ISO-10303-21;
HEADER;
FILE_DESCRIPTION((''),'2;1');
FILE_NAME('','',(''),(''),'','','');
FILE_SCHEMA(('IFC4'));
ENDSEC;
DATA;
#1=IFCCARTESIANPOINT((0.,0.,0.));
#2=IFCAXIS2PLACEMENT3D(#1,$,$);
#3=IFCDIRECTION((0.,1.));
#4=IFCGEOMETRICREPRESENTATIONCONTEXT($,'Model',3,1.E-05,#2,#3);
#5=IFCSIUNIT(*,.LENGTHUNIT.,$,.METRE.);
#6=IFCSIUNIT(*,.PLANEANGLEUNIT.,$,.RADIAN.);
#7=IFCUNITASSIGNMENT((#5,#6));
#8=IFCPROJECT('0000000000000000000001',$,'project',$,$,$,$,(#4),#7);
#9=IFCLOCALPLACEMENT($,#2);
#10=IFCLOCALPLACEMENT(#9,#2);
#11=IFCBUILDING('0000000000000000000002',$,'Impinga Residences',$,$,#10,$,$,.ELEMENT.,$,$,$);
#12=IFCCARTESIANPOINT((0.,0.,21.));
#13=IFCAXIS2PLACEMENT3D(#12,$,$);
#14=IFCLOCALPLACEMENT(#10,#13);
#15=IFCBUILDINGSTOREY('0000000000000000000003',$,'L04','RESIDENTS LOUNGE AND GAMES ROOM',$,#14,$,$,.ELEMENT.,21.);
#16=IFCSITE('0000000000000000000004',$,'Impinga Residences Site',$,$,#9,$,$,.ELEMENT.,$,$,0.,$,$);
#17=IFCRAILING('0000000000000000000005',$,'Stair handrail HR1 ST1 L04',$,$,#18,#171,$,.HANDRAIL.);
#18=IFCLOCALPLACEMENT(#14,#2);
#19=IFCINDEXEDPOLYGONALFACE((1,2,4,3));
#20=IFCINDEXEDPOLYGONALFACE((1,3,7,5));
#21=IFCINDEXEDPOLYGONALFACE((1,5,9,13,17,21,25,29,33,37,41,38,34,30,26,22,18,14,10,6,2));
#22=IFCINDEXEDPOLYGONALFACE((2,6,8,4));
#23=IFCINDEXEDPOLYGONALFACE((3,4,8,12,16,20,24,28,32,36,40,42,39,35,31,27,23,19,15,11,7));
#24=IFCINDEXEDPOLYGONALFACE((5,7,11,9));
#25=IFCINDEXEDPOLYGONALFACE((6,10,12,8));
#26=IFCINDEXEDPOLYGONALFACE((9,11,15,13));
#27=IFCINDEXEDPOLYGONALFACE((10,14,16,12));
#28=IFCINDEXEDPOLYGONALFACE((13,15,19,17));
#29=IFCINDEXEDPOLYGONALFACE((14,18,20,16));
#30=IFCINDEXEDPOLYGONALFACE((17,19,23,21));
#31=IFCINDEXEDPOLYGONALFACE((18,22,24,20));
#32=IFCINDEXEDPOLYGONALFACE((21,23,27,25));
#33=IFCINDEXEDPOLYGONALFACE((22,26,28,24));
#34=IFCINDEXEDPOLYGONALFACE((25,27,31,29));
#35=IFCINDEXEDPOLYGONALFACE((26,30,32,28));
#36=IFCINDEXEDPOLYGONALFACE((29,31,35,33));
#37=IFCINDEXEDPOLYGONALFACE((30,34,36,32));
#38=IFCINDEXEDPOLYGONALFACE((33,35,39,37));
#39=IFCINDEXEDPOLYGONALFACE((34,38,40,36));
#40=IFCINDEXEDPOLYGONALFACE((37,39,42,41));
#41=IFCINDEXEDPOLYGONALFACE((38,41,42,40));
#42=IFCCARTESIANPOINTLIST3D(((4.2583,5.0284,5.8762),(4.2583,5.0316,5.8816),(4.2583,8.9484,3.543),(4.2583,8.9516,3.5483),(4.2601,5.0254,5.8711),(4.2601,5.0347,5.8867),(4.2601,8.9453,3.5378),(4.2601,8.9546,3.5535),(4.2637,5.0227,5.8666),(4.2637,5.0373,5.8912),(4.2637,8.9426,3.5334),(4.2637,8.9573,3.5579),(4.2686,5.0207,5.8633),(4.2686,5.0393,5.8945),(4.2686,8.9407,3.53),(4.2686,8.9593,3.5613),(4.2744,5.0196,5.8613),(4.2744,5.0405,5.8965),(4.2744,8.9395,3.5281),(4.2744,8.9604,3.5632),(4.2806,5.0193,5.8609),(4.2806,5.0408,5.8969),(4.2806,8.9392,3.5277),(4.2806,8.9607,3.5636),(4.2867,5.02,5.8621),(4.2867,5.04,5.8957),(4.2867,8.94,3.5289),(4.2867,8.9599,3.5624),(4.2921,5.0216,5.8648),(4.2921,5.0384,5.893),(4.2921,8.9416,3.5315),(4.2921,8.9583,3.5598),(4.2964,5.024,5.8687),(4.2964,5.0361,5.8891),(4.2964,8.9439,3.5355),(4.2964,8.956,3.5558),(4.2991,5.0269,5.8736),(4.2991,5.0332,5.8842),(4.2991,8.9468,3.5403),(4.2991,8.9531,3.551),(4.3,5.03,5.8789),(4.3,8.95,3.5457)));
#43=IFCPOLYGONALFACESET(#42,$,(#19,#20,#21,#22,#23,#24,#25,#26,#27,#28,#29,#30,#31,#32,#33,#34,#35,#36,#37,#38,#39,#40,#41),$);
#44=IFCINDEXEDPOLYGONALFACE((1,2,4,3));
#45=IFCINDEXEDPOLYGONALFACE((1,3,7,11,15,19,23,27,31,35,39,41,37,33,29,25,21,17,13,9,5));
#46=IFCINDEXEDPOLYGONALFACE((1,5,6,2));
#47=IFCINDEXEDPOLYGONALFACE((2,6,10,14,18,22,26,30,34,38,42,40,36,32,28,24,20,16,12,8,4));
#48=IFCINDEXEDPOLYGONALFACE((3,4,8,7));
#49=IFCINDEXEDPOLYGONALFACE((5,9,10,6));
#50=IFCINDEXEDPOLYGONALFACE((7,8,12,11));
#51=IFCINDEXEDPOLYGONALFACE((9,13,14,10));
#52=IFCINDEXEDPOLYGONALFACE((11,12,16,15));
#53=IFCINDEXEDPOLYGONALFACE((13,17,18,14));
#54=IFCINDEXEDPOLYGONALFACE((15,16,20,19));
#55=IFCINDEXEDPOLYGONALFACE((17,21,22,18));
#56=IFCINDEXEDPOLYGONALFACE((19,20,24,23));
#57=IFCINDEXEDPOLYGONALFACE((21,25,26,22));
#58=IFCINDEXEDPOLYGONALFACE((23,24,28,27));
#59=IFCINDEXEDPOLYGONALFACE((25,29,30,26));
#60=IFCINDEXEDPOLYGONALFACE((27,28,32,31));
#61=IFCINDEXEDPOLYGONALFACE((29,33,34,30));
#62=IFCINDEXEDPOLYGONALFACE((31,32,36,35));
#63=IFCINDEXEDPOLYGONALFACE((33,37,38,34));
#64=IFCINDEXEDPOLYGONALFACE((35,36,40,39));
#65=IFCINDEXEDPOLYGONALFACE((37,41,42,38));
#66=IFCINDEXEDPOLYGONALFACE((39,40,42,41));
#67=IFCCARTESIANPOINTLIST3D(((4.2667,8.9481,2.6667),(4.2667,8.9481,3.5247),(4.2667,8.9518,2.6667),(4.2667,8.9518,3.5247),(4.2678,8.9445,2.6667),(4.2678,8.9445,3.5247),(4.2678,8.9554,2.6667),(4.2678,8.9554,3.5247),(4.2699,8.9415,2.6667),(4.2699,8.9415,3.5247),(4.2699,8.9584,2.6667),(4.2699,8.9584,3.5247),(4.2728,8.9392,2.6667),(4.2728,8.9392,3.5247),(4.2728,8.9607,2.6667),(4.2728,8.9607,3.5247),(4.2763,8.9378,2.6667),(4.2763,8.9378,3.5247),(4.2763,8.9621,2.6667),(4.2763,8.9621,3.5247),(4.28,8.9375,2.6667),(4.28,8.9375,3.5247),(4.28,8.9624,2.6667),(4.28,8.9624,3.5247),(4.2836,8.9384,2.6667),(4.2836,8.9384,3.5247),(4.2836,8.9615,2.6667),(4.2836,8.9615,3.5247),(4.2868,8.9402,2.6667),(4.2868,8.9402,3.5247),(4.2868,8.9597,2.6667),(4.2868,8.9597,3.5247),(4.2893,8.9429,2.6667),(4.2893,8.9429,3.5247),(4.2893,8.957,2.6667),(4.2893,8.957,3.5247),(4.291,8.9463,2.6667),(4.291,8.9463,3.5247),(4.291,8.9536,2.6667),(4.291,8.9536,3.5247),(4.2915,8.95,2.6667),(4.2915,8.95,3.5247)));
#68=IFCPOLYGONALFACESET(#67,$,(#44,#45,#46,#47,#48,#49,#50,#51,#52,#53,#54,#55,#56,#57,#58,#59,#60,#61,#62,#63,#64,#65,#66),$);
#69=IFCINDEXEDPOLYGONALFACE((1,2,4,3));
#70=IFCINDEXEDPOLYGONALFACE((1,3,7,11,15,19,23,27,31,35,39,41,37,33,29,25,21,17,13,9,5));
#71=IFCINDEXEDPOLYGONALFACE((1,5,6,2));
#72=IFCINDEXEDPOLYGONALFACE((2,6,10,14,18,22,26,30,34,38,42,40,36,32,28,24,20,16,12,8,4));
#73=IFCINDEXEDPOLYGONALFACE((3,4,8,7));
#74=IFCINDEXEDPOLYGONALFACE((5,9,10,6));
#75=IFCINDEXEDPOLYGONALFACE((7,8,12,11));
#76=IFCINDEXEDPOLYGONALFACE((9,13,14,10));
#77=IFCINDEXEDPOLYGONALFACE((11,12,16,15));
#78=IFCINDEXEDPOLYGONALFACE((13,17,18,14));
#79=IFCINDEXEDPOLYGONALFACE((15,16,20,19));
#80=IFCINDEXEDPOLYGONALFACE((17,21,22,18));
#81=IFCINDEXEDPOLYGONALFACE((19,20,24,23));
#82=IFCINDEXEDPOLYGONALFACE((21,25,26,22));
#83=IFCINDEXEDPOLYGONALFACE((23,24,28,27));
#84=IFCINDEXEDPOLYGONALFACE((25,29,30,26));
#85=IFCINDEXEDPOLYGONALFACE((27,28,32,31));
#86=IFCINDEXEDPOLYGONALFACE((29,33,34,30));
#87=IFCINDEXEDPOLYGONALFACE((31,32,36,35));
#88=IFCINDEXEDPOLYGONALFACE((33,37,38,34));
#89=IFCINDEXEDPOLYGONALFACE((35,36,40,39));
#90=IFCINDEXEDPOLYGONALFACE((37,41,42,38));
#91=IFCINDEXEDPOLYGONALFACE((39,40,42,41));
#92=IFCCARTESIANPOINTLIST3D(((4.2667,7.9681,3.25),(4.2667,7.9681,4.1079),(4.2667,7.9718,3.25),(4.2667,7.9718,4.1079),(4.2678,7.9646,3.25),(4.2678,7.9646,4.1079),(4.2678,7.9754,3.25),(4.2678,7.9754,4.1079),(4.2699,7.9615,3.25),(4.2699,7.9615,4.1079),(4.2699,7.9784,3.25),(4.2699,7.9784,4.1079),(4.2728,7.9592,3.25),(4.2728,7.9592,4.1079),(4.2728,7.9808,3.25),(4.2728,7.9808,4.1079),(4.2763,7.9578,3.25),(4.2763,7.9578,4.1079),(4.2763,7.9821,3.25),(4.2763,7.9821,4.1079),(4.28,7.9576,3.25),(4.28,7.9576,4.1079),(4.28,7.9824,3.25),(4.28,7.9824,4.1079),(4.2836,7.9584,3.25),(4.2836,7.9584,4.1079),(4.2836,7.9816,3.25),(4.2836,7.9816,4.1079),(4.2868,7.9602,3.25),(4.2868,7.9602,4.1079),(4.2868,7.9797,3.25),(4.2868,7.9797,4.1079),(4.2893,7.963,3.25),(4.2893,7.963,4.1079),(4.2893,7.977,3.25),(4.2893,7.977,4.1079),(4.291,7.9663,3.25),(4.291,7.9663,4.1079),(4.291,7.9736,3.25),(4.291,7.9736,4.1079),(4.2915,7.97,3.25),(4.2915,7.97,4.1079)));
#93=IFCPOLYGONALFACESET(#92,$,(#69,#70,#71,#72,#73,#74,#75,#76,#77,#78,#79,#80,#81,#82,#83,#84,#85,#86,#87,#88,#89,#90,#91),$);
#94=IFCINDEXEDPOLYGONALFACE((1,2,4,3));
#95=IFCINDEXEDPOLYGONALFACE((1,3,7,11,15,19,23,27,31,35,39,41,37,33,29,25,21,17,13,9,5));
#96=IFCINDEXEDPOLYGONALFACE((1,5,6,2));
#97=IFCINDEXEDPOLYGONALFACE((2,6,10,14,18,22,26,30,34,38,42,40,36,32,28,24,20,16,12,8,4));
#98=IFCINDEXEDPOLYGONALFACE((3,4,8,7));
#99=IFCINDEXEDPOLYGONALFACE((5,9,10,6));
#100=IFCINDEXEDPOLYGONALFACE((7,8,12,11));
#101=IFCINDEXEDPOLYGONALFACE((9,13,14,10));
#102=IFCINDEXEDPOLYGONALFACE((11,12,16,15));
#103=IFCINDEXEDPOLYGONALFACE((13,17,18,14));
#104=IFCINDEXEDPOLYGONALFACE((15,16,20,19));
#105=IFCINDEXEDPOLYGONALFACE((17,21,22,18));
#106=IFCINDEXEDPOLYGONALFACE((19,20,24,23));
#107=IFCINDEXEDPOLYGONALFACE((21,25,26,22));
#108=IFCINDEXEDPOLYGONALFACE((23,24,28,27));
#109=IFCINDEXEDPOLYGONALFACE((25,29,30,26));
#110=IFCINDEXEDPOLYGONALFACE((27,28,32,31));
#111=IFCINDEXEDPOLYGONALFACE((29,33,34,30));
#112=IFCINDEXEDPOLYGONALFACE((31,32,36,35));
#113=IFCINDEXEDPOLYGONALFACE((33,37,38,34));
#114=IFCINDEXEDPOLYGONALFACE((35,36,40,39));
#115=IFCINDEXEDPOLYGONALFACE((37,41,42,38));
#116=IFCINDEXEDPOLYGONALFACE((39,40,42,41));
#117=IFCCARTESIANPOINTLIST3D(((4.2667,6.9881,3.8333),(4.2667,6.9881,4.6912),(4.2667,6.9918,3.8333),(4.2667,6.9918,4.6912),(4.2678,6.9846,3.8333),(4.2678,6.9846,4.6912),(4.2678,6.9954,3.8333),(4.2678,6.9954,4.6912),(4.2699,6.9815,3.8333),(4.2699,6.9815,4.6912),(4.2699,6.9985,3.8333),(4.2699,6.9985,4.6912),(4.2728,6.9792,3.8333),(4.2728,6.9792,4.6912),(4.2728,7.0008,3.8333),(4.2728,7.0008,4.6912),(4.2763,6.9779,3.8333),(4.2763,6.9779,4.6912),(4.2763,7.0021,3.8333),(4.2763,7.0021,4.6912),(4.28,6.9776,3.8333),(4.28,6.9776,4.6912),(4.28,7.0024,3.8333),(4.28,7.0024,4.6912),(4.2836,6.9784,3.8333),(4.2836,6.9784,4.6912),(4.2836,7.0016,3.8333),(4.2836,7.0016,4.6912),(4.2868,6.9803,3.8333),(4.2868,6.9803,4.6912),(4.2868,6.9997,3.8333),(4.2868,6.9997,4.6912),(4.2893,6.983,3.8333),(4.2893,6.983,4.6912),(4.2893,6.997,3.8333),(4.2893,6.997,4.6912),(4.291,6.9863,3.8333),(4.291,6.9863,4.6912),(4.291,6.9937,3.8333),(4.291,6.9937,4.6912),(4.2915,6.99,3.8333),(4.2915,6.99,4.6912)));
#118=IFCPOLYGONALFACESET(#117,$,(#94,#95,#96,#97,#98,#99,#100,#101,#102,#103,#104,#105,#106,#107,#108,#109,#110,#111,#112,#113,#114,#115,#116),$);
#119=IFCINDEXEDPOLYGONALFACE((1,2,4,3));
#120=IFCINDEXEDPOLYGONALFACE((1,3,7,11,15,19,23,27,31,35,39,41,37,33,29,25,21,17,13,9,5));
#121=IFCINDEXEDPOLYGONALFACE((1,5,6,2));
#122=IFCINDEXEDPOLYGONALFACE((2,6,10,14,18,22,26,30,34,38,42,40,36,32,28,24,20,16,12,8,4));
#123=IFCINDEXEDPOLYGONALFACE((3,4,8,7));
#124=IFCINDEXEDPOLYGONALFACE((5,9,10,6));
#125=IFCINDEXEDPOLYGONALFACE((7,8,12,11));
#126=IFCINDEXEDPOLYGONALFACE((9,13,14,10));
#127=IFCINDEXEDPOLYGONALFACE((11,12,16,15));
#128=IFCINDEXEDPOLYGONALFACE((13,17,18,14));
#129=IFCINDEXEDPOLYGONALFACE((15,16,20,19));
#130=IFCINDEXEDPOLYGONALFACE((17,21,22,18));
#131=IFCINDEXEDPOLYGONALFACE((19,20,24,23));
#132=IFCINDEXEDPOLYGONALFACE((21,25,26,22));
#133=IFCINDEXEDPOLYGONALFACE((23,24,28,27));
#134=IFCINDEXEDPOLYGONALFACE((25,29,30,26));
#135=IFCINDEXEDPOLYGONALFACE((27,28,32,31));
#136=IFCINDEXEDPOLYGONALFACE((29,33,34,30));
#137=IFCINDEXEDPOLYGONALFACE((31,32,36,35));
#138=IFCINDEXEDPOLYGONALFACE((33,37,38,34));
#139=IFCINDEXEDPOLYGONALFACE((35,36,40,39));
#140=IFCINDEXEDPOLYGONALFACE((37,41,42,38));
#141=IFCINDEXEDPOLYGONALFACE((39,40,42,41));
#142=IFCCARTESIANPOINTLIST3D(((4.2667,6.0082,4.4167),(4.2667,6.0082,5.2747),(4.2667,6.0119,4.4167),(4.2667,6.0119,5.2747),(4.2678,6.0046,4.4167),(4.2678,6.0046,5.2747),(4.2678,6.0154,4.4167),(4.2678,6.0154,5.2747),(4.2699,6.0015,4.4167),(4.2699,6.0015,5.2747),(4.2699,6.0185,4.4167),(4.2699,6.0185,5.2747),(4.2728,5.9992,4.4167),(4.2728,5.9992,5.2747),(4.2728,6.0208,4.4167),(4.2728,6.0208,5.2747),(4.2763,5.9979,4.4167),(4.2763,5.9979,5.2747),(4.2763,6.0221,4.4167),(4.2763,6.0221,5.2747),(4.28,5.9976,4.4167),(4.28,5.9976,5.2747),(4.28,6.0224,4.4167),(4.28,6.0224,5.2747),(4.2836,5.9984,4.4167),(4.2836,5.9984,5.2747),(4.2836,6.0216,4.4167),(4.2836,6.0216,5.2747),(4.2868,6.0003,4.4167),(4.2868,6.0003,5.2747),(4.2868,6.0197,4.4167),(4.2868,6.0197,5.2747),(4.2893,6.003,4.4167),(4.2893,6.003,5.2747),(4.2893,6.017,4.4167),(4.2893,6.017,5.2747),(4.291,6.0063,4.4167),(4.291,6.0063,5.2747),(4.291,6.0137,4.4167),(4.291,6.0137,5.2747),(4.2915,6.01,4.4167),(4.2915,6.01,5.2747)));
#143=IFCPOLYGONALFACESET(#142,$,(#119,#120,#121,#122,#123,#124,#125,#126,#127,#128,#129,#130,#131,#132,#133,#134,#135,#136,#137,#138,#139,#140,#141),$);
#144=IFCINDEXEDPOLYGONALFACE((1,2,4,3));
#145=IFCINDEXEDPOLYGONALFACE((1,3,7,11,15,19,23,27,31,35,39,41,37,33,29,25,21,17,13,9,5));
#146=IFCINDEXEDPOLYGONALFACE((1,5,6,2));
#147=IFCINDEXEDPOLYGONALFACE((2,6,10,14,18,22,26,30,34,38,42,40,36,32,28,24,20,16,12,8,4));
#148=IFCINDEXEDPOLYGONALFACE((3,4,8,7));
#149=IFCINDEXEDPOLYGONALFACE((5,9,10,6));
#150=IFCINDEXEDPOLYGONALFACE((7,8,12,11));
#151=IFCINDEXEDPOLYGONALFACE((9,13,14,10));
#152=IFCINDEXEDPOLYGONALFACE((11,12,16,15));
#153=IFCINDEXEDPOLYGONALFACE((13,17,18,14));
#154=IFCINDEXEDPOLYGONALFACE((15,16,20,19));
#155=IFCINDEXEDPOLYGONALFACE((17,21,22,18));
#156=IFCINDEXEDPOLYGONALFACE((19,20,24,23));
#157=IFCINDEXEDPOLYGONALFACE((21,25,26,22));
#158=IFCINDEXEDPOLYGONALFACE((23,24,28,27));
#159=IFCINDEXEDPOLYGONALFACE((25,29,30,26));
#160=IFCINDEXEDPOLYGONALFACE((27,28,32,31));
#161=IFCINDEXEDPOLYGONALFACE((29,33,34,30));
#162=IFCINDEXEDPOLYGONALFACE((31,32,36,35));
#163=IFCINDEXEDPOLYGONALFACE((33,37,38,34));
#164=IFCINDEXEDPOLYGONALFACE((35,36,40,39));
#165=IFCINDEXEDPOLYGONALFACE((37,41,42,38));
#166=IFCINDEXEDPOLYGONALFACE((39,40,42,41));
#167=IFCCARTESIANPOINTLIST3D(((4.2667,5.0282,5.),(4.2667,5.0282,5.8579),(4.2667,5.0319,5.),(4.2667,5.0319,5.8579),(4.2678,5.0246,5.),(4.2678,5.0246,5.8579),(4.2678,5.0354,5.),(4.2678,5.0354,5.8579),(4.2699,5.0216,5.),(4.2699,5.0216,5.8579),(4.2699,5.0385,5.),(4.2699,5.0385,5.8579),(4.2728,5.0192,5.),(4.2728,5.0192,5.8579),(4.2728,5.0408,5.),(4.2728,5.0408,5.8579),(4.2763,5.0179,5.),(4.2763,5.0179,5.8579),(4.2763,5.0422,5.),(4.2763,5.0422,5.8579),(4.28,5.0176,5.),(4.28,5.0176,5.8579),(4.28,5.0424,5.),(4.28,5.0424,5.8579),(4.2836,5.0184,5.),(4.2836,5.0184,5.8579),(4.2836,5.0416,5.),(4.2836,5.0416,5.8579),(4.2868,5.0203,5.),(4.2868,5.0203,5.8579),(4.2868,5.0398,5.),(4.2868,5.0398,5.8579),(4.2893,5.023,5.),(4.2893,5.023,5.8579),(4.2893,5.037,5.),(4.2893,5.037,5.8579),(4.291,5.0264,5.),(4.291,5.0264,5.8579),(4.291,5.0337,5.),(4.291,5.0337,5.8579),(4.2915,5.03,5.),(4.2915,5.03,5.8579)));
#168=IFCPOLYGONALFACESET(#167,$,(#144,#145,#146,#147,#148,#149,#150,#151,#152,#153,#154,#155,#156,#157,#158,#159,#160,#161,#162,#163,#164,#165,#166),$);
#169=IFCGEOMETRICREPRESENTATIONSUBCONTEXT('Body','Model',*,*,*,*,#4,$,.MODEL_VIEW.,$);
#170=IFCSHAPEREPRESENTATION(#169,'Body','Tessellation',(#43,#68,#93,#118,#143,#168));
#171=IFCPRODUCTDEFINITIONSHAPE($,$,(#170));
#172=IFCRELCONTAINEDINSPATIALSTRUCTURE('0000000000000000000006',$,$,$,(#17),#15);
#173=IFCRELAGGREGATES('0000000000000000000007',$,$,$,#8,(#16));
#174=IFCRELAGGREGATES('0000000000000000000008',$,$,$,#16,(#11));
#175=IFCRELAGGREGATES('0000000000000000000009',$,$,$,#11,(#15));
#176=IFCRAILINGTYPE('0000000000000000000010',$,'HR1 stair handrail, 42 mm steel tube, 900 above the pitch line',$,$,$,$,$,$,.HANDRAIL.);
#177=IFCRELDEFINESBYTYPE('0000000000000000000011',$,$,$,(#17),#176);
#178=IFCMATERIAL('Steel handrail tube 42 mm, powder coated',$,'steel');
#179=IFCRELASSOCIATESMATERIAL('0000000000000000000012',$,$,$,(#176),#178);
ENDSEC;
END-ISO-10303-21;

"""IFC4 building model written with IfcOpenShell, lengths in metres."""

from ifc_helpers import new_model, si_unit, direction, frame, origin, origin_2d, place, context, subcontext, project, spatial, circle, extrude, material, type_object, element, save


model = new_model("IFC4")

# Units and contexts
model_context = context("Model", 3, precision=1e-05, world=origin(), true_north=direction((0.0, 1.0)))
body_context = subcontext(model_context, "Body", "Model", "MODEL_VIEW")
ifc_project = project(units=[si_unit("LENGTHUNIT", "METRE"), si_unit("PLANEANGLEUNIT", "RADIAN")], contexts=[model_context])

# Site, building, storey
site_placement = place(None, origin())
site = spatial("IfcSite", under=ifc_project, at=site_placement, Name="Impinga Residences Site", CompositionType="ELEMENT", RefElevation=0.0)
building_placement = place(site_placement, origin())
building = spatial("IfcBuilding", under=site, at=building_placement, Name="Impinga Residences", CompositionType="ELEMENT")
storey_placement = place(building_placement, frame((0.0, 0.0, 21.0)))
storey = spatial("IfcBuildingStorey", under=building, at=storey_placement, Name="L04", Description="RESIDENTS LOUNGE AND GAMES ROOM", CompositionType="ELEMENT", Elevation=21.0)

# Railing
ifc_material_1 = material(Name="Steel handrail tube 42 mm, powder coated", Category="steel")
railing_type_1 = type_object("IfcRailingType", Name="HR1 stair handrail, 42 mm steel tube, 900 above the pitch line", PredefinedType="HANDRAIL", material=ifc_material_1)
railing_1_placement = place(storey_placement, frame((4.2791, 8.95, 2.6667)))
element("IfcRailing", 1, at=railing_1_placement, inside=storey, type_object=railing_type_1, Name="Stair handrail HR1 ST1 L04", PredefinedType="HANDRAIL", context=body_context, shape_type="SweptSolid", body=[
    extrude(circle(Radius=0.021, at=origin_2d()), frame((0.0, 0.0, 0.8789), z_axis=(0.0, -0.859296, 0.511478), x_axis=(1.0, 0.0, 0.0)), (0.0, 0.0, 1.0), 4.5618),
    extrude(circle(Radius=0.0125, at=origin_2d()), origin(), (0.0, 0.0, 1.0), 0.8579),
    extrude(circle(Radius=0.0125, at=origin_2d()), frame((0.0, -0.98, 0.5833)), (0.0, 0.0, 1.0), 0.8579),
    extrude(circle(Radius=0.0125, at=origin_2d()), frame((0.0, -1.96, 1.1665)), (0.0, 0.0, 1.0), 0.8579),
    extrude(circle(Radius=0.0125, at=origin_2d()), frame((0.0, -2.9399, 1.75)), (0.0, 0.0, 1.0), 0.8579),
    extrude(circle(Radius=0.0125, at=origin_2d()), frame((0.0, -3.9199, 2.3333)), (0.0, 0.0, 1.0), 0.8579),
])

save(model, "model.ifc")
